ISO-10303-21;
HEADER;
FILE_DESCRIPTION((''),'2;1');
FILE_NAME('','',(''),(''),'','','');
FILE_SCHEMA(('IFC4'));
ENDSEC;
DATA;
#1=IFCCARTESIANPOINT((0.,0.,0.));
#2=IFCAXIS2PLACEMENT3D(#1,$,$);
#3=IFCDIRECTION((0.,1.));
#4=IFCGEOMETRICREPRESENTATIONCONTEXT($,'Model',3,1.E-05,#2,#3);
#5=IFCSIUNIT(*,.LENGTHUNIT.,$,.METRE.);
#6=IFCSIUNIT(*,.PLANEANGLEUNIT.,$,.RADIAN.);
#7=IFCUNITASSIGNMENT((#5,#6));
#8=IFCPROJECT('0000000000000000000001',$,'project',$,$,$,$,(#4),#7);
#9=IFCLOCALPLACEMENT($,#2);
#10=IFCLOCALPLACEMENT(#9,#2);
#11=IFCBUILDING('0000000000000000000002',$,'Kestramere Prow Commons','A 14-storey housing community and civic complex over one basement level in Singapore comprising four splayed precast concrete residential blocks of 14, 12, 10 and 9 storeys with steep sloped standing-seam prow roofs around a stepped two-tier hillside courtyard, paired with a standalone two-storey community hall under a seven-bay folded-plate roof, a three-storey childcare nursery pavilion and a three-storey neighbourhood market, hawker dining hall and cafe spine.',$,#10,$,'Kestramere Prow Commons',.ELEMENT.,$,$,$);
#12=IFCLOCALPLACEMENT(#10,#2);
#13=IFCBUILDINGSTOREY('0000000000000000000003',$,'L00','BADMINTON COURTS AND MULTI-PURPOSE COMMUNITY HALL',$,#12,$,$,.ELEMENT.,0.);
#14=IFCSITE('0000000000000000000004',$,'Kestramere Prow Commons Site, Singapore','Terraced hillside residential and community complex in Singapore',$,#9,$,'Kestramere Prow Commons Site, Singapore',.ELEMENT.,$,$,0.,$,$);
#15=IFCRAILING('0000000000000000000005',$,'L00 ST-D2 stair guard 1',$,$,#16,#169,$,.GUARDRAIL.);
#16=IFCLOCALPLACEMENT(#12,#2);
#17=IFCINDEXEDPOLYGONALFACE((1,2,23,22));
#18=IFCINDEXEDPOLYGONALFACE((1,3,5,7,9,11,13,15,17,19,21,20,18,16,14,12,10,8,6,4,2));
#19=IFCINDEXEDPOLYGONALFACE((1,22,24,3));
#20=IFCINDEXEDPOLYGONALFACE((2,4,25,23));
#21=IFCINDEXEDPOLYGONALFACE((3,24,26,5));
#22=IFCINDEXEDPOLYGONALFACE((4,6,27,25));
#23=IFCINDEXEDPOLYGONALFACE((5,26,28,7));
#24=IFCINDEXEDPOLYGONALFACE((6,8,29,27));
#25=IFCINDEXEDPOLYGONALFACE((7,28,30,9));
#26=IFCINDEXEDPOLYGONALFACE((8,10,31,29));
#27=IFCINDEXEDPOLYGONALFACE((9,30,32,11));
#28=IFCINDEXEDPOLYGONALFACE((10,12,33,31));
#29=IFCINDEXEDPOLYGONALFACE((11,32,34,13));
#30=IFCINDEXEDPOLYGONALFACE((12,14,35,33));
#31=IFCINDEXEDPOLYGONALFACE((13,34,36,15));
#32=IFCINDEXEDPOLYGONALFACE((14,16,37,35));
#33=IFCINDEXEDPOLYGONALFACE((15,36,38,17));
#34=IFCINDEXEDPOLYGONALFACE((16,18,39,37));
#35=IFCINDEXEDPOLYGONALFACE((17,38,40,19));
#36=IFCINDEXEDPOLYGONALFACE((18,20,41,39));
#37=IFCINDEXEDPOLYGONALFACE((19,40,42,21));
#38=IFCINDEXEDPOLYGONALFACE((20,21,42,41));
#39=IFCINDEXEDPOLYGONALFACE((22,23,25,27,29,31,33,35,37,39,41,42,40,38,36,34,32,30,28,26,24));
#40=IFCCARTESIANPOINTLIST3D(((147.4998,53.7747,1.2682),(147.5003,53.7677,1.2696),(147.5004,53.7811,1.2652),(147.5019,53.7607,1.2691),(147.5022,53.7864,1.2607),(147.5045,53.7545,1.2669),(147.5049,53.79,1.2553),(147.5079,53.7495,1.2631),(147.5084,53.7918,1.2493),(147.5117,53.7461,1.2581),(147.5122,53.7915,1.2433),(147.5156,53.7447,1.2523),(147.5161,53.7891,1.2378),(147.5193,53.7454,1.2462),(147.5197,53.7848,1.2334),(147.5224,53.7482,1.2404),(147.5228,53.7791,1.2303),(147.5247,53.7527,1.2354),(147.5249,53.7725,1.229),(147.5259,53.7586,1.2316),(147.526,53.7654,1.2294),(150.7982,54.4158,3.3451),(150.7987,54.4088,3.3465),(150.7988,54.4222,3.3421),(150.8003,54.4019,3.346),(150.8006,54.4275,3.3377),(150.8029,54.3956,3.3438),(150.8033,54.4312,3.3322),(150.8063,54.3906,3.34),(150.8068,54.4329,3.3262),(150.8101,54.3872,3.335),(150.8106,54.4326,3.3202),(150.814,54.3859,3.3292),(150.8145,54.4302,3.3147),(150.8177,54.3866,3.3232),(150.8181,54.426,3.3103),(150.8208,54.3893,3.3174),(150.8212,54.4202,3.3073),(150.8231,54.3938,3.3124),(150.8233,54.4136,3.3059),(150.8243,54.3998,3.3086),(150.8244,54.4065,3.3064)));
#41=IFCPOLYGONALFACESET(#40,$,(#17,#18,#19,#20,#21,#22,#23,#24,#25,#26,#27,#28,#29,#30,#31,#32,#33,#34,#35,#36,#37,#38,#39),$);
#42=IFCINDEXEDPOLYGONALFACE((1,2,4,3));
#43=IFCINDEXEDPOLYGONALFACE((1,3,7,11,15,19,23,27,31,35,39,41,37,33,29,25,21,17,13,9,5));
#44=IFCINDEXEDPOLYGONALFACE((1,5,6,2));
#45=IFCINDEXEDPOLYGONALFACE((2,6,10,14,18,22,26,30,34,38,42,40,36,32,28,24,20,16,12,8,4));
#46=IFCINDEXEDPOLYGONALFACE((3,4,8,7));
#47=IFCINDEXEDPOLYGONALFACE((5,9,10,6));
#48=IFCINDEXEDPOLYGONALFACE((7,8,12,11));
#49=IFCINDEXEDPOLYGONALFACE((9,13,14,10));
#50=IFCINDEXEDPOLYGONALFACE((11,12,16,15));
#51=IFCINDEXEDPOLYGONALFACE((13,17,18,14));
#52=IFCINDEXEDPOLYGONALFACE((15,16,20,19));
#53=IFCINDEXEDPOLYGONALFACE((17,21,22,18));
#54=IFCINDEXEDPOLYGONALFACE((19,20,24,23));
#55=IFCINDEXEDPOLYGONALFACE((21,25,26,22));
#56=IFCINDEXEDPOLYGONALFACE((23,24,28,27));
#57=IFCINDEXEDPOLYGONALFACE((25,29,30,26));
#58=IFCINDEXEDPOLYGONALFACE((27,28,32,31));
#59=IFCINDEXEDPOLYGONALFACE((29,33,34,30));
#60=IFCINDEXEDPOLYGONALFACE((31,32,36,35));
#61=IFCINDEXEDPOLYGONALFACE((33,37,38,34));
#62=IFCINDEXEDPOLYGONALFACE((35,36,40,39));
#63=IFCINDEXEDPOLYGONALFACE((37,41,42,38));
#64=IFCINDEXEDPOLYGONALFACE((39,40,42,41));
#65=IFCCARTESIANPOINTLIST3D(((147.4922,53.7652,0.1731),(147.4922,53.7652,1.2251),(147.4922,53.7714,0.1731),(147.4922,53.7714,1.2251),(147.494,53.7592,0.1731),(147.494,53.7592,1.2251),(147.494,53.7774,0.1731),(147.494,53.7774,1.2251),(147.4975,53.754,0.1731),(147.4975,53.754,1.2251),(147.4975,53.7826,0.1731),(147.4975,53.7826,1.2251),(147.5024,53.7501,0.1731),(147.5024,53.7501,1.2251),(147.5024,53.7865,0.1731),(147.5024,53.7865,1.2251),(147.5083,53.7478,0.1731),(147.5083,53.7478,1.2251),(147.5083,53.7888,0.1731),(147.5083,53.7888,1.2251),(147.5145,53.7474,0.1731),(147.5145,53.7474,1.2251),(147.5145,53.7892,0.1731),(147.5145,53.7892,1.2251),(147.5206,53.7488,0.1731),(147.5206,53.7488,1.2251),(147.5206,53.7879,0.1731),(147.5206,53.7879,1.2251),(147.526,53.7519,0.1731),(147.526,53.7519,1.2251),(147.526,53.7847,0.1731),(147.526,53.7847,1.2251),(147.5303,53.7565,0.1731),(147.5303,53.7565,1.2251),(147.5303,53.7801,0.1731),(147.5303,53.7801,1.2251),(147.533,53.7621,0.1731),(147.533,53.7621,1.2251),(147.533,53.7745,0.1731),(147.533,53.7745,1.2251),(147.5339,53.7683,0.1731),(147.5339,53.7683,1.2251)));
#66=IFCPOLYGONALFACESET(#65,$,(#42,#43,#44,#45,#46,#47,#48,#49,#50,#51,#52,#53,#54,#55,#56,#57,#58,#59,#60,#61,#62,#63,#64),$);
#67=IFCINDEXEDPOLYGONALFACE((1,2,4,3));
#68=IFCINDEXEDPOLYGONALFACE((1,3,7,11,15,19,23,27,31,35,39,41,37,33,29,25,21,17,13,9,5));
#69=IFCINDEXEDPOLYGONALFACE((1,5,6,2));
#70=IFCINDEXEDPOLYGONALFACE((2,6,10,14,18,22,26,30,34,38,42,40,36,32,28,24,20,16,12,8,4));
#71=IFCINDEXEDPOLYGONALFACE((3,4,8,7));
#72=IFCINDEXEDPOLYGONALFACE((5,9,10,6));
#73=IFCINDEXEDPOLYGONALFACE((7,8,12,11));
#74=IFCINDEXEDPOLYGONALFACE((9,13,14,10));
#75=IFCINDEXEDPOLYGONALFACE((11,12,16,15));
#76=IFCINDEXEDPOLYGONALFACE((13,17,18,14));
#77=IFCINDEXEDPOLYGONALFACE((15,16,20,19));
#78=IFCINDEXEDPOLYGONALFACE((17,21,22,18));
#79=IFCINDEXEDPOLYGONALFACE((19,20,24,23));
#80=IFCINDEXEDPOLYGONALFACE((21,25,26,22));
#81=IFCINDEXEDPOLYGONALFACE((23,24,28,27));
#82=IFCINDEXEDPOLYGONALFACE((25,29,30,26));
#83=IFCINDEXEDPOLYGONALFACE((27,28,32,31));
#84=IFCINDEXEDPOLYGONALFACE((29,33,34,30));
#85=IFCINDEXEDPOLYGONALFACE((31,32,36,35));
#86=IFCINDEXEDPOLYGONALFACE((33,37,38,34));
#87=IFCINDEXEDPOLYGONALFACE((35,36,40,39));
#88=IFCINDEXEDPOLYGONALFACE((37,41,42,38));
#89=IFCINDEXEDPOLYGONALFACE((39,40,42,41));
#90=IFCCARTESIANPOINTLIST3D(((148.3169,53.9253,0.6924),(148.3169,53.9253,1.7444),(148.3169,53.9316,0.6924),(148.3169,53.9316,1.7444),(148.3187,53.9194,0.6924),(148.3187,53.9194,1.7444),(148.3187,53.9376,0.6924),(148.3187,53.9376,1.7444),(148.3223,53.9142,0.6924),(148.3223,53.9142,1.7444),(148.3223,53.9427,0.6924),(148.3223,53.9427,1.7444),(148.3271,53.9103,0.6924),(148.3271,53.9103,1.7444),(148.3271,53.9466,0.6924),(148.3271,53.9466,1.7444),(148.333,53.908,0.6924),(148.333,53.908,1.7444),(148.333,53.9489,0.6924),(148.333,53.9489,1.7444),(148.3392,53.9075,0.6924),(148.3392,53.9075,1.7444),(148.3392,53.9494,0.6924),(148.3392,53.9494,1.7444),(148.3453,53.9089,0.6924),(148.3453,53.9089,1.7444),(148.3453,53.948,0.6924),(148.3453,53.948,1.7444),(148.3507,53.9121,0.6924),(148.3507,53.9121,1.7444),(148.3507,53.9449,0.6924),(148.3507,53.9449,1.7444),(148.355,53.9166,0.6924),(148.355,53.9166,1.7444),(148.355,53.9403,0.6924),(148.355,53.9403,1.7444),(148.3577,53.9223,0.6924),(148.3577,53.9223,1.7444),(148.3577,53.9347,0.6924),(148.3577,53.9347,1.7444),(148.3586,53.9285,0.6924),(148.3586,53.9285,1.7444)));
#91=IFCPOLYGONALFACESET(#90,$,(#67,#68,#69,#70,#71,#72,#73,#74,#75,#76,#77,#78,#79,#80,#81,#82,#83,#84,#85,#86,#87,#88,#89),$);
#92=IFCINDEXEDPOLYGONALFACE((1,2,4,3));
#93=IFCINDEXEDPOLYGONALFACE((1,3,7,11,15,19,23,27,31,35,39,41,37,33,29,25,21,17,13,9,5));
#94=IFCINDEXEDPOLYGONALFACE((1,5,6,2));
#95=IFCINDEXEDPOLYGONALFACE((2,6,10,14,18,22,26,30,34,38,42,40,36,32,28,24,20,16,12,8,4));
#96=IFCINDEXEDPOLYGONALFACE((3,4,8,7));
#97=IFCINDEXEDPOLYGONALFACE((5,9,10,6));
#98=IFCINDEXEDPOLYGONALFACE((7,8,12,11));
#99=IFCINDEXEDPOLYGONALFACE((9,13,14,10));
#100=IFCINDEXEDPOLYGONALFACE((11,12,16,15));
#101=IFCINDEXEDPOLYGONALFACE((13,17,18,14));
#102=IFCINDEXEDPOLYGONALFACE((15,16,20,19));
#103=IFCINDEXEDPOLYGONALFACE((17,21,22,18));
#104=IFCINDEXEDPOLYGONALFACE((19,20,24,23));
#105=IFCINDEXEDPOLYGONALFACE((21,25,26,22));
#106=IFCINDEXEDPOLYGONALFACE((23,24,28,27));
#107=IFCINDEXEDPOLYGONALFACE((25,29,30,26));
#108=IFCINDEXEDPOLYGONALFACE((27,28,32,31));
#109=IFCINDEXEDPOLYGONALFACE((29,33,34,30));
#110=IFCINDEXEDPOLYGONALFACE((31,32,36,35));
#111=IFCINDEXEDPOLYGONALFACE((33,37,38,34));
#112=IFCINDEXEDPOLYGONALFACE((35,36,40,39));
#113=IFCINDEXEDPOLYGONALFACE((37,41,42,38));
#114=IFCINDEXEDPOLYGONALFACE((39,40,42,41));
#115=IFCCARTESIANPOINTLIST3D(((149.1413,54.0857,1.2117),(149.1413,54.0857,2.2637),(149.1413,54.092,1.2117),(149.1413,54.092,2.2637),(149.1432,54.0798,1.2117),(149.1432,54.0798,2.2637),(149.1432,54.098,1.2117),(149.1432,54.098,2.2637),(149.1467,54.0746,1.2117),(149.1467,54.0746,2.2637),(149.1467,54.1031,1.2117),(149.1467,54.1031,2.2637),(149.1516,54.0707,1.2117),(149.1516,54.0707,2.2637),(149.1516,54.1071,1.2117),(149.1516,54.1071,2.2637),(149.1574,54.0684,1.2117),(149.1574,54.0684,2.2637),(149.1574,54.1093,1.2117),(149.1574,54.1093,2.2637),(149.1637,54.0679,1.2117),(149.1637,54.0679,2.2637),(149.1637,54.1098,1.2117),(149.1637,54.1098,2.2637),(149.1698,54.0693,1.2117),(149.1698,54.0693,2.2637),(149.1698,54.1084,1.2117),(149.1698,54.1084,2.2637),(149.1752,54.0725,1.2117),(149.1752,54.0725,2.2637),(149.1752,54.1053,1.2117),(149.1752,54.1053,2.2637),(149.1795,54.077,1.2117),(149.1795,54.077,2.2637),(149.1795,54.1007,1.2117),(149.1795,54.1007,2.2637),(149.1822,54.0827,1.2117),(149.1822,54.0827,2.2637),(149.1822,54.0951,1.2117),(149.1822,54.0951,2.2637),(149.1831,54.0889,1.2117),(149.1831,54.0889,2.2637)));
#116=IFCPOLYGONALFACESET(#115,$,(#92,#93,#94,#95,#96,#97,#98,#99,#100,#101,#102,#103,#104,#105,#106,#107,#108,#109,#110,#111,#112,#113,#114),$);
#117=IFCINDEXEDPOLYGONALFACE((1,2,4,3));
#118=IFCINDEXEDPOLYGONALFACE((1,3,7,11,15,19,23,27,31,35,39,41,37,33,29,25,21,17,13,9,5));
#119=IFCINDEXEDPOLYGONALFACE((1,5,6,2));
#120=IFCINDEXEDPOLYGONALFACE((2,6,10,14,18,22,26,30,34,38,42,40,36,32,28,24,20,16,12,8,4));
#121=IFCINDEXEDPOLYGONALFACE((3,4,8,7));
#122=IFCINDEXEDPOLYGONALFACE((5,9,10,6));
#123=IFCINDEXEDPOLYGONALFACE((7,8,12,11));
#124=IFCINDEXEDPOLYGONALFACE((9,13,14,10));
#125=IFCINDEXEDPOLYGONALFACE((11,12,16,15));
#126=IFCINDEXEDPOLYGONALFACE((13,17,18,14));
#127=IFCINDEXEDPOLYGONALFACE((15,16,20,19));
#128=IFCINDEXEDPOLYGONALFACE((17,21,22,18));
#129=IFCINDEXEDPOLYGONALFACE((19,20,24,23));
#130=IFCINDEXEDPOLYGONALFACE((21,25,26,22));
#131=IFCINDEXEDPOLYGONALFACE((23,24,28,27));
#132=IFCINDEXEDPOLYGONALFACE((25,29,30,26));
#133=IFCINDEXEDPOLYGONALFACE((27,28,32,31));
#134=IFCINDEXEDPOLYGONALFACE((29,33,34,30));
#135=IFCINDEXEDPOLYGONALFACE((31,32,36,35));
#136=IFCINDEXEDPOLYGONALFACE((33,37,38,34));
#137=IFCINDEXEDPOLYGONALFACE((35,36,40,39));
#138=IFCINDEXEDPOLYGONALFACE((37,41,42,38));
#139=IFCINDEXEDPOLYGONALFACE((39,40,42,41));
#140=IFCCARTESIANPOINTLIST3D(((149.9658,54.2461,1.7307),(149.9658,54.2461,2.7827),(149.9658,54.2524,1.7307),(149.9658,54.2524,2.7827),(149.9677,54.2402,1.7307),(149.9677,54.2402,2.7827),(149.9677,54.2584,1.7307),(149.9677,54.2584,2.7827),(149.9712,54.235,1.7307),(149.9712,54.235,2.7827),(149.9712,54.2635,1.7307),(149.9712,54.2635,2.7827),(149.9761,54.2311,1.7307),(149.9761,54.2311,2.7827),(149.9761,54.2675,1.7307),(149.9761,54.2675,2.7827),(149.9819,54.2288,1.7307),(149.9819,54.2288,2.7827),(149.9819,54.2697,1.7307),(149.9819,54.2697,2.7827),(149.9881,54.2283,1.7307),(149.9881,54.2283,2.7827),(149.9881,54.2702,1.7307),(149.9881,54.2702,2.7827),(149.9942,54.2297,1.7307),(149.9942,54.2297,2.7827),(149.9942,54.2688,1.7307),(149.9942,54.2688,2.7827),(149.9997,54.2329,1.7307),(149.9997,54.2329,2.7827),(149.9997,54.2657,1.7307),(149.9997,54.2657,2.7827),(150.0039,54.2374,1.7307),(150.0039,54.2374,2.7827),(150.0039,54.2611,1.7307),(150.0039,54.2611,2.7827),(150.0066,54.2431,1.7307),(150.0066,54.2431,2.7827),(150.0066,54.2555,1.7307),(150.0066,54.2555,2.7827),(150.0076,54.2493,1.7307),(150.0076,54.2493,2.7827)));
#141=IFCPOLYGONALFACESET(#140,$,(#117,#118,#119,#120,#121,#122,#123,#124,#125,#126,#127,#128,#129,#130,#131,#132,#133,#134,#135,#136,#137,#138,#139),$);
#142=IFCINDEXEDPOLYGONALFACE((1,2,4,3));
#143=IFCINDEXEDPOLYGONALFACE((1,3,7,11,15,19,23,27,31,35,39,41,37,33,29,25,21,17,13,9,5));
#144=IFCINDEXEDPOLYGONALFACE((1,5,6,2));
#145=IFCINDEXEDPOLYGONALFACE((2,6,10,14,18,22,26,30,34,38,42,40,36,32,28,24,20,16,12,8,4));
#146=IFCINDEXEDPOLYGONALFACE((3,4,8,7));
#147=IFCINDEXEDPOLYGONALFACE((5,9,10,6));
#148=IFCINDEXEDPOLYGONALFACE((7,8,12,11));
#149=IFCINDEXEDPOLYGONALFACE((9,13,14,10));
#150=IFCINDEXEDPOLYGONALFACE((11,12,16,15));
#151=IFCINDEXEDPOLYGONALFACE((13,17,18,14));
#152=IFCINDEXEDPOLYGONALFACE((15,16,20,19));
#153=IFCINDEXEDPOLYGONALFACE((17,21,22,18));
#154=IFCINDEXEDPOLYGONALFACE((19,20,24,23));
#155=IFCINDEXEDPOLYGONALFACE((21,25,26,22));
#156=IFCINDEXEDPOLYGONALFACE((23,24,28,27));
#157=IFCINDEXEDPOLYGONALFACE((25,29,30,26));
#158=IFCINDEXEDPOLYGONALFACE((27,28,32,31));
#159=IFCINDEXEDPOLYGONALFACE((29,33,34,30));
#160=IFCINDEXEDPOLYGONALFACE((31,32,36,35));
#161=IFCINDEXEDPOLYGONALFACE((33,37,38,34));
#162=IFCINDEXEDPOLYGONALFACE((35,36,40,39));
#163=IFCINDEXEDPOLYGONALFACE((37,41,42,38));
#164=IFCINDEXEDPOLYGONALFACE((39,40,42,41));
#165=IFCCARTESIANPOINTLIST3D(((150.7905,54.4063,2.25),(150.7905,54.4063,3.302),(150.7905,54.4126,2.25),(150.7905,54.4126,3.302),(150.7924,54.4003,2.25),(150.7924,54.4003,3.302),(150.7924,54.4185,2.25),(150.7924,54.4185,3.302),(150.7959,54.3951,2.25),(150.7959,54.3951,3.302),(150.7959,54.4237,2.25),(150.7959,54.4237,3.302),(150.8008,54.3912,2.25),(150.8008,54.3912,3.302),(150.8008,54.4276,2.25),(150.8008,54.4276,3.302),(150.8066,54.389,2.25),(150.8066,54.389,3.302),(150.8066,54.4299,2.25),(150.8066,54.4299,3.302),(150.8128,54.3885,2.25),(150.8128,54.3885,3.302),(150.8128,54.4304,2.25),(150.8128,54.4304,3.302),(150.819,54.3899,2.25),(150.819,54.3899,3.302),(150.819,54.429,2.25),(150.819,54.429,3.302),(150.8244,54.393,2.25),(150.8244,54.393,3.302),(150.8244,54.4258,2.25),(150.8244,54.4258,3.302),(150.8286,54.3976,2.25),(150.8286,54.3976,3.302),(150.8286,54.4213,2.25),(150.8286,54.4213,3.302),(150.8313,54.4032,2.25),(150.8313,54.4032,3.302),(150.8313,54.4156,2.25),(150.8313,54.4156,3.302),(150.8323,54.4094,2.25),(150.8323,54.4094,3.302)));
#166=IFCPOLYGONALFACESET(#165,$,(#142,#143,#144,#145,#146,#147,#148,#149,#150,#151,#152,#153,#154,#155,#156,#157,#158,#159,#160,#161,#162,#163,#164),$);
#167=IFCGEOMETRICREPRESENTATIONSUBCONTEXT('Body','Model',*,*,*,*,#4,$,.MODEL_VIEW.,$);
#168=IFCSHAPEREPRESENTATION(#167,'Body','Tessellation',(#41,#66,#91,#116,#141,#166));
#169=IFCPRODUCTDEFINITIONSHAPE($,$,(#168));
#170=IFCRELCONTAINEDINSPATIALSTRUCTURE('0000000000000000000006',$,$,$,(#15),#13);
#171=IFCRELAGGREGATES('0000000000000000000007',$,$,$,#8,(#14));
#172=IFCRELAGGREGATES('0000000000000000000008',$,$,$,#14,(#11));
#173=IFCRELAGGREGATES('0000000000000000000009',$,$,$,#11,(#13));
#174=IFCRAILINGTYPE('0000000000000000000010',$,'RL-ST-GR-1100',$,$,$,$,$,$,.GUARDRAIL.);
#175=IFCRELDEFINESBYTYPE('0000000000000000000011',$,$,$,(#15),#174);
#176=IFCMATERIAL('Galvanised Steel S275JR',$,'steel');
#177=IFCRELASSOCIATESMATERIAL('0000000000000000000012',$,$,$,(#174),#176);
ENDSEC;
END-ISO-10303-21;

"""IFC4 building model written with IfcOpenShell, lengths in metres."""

from ifc_helpers import new_model, si_unit, direction, frame, origin, origin_2d, place, context, subcontext, project, spatial, circle, extrude, material, type_object, element, save


model = new_model("IFC4")

# Units and contexts
model_context = context("Model", 3, precision=1e-05, world=origin(), true_north=direction((0.0, 1.0)))
body_context = subcontext(model_context, "Body", "Model", "MODEL_VIEW")
ifc_project = project(units=[si_unit("LENGTHUNIT", "METRE"), si_unit("PLANEANGLEUNIT", "RADIAN")], contexts=[model_context])

# Site, building, storey
site_placement = place(None, origin())
site = spatial("IfcSite", under=ifc_project, at=site_placement, Name="Kestramere Prow Commons Site, Singapore", Description="Terraced hillside residential and community complex in Singapore", LongName="Kestramere Prow Commons Site, Singapore", CompositionType="ELEMENT", RefElevation=0.0)
building_placement = place(site_placement, origin())
building = spatial("IfcBuilding", under=site, at=building_placement, Name="Kestramere Prow Commons", Description="A 14-storey housing community and civic complex over one basement level in Singapore comprising four splayed precast concrete residential blocks of 14, 12, 10 and 9 storeys with steep sloped standing-seam prow roofs around a stepped two-tier hillside courtyard, paired with a standalone two-storey community hall under a seven-bay folded-plate roof, a three-storey childcare nursery pavilion and a three-storey neighbourhood market, hawker dining hall and cafe spine.", LongName="Kestramere Prow Commons", CompositionType="ELEMENT")
storey_placement = place(building_placement, origin())
storey = spatial("IfcBuildingStorey", under=building, at=storey_placement, Name="L00", Description="BADMINTON COURTS AND MULTI-PURPOSE COMMUNITY HALL", CompositionType="ELEMENT", Elevation=0.0)

# Railing
ifc_material_1 = material(Name="Galvanised Steel S275JR", Category="steel")
railing_type_1 = type_object("IfcRailingType", Name="RL-ST-GR-1100", PredefinedType="GUARDRAIL", material=ifc_material_1)
railing_1_placement = place(storey_placement, frame((147.5129, 53.7683, 0.1731)))
element("IfcRailing", 1, at=railing_1_placement, inside=storey, type_object=railing_type_1, Name="L00 ST-D2 stair guard 1", PredefinedType="GUARDRAIL", context=body_context, shape_type="SweptSolid", body=[
    extrude(circle(Radius=0.0239, at=origin_2d()), frame((0.0, 0.0, 1.0762), z_axis=(0.834993, 0.162301, 0.52578), x_axis=(-0.190804, 0.981628, 0.0)), (0.0, 0.0, 1.0), 3.9502),
    extrude(circle(Radius=0.021, at=origin_2d()), origin(), (0.0, 0.0, 1.0), 1.052),
    extrude(circle(Radius=0.021, at=origin_2d()), frame((0.8247, 0.1602, 0.5193)), (0.0, 0.0, 1.0), 1.052),
    extrude(circle(Radius=0.021, at=origin_2d()), frame((1.6492, 0.3206, 1.0386)), (0.0, 0.0, 1.0), 1.052),
    extrude(circle(Radius=0.021, at=origin_2d()), frame((2.4736, 0.481, 1.5576)), (0.0, 0.0, 1.0), 1.052),
    extrude(circle(Radius=0.021, at=origin_2d()), frame((3.2983, 0.6411, 2.0769)), (0.0, 0.0, 1.0), 1.052),
])

save(model, "model.ifc")
